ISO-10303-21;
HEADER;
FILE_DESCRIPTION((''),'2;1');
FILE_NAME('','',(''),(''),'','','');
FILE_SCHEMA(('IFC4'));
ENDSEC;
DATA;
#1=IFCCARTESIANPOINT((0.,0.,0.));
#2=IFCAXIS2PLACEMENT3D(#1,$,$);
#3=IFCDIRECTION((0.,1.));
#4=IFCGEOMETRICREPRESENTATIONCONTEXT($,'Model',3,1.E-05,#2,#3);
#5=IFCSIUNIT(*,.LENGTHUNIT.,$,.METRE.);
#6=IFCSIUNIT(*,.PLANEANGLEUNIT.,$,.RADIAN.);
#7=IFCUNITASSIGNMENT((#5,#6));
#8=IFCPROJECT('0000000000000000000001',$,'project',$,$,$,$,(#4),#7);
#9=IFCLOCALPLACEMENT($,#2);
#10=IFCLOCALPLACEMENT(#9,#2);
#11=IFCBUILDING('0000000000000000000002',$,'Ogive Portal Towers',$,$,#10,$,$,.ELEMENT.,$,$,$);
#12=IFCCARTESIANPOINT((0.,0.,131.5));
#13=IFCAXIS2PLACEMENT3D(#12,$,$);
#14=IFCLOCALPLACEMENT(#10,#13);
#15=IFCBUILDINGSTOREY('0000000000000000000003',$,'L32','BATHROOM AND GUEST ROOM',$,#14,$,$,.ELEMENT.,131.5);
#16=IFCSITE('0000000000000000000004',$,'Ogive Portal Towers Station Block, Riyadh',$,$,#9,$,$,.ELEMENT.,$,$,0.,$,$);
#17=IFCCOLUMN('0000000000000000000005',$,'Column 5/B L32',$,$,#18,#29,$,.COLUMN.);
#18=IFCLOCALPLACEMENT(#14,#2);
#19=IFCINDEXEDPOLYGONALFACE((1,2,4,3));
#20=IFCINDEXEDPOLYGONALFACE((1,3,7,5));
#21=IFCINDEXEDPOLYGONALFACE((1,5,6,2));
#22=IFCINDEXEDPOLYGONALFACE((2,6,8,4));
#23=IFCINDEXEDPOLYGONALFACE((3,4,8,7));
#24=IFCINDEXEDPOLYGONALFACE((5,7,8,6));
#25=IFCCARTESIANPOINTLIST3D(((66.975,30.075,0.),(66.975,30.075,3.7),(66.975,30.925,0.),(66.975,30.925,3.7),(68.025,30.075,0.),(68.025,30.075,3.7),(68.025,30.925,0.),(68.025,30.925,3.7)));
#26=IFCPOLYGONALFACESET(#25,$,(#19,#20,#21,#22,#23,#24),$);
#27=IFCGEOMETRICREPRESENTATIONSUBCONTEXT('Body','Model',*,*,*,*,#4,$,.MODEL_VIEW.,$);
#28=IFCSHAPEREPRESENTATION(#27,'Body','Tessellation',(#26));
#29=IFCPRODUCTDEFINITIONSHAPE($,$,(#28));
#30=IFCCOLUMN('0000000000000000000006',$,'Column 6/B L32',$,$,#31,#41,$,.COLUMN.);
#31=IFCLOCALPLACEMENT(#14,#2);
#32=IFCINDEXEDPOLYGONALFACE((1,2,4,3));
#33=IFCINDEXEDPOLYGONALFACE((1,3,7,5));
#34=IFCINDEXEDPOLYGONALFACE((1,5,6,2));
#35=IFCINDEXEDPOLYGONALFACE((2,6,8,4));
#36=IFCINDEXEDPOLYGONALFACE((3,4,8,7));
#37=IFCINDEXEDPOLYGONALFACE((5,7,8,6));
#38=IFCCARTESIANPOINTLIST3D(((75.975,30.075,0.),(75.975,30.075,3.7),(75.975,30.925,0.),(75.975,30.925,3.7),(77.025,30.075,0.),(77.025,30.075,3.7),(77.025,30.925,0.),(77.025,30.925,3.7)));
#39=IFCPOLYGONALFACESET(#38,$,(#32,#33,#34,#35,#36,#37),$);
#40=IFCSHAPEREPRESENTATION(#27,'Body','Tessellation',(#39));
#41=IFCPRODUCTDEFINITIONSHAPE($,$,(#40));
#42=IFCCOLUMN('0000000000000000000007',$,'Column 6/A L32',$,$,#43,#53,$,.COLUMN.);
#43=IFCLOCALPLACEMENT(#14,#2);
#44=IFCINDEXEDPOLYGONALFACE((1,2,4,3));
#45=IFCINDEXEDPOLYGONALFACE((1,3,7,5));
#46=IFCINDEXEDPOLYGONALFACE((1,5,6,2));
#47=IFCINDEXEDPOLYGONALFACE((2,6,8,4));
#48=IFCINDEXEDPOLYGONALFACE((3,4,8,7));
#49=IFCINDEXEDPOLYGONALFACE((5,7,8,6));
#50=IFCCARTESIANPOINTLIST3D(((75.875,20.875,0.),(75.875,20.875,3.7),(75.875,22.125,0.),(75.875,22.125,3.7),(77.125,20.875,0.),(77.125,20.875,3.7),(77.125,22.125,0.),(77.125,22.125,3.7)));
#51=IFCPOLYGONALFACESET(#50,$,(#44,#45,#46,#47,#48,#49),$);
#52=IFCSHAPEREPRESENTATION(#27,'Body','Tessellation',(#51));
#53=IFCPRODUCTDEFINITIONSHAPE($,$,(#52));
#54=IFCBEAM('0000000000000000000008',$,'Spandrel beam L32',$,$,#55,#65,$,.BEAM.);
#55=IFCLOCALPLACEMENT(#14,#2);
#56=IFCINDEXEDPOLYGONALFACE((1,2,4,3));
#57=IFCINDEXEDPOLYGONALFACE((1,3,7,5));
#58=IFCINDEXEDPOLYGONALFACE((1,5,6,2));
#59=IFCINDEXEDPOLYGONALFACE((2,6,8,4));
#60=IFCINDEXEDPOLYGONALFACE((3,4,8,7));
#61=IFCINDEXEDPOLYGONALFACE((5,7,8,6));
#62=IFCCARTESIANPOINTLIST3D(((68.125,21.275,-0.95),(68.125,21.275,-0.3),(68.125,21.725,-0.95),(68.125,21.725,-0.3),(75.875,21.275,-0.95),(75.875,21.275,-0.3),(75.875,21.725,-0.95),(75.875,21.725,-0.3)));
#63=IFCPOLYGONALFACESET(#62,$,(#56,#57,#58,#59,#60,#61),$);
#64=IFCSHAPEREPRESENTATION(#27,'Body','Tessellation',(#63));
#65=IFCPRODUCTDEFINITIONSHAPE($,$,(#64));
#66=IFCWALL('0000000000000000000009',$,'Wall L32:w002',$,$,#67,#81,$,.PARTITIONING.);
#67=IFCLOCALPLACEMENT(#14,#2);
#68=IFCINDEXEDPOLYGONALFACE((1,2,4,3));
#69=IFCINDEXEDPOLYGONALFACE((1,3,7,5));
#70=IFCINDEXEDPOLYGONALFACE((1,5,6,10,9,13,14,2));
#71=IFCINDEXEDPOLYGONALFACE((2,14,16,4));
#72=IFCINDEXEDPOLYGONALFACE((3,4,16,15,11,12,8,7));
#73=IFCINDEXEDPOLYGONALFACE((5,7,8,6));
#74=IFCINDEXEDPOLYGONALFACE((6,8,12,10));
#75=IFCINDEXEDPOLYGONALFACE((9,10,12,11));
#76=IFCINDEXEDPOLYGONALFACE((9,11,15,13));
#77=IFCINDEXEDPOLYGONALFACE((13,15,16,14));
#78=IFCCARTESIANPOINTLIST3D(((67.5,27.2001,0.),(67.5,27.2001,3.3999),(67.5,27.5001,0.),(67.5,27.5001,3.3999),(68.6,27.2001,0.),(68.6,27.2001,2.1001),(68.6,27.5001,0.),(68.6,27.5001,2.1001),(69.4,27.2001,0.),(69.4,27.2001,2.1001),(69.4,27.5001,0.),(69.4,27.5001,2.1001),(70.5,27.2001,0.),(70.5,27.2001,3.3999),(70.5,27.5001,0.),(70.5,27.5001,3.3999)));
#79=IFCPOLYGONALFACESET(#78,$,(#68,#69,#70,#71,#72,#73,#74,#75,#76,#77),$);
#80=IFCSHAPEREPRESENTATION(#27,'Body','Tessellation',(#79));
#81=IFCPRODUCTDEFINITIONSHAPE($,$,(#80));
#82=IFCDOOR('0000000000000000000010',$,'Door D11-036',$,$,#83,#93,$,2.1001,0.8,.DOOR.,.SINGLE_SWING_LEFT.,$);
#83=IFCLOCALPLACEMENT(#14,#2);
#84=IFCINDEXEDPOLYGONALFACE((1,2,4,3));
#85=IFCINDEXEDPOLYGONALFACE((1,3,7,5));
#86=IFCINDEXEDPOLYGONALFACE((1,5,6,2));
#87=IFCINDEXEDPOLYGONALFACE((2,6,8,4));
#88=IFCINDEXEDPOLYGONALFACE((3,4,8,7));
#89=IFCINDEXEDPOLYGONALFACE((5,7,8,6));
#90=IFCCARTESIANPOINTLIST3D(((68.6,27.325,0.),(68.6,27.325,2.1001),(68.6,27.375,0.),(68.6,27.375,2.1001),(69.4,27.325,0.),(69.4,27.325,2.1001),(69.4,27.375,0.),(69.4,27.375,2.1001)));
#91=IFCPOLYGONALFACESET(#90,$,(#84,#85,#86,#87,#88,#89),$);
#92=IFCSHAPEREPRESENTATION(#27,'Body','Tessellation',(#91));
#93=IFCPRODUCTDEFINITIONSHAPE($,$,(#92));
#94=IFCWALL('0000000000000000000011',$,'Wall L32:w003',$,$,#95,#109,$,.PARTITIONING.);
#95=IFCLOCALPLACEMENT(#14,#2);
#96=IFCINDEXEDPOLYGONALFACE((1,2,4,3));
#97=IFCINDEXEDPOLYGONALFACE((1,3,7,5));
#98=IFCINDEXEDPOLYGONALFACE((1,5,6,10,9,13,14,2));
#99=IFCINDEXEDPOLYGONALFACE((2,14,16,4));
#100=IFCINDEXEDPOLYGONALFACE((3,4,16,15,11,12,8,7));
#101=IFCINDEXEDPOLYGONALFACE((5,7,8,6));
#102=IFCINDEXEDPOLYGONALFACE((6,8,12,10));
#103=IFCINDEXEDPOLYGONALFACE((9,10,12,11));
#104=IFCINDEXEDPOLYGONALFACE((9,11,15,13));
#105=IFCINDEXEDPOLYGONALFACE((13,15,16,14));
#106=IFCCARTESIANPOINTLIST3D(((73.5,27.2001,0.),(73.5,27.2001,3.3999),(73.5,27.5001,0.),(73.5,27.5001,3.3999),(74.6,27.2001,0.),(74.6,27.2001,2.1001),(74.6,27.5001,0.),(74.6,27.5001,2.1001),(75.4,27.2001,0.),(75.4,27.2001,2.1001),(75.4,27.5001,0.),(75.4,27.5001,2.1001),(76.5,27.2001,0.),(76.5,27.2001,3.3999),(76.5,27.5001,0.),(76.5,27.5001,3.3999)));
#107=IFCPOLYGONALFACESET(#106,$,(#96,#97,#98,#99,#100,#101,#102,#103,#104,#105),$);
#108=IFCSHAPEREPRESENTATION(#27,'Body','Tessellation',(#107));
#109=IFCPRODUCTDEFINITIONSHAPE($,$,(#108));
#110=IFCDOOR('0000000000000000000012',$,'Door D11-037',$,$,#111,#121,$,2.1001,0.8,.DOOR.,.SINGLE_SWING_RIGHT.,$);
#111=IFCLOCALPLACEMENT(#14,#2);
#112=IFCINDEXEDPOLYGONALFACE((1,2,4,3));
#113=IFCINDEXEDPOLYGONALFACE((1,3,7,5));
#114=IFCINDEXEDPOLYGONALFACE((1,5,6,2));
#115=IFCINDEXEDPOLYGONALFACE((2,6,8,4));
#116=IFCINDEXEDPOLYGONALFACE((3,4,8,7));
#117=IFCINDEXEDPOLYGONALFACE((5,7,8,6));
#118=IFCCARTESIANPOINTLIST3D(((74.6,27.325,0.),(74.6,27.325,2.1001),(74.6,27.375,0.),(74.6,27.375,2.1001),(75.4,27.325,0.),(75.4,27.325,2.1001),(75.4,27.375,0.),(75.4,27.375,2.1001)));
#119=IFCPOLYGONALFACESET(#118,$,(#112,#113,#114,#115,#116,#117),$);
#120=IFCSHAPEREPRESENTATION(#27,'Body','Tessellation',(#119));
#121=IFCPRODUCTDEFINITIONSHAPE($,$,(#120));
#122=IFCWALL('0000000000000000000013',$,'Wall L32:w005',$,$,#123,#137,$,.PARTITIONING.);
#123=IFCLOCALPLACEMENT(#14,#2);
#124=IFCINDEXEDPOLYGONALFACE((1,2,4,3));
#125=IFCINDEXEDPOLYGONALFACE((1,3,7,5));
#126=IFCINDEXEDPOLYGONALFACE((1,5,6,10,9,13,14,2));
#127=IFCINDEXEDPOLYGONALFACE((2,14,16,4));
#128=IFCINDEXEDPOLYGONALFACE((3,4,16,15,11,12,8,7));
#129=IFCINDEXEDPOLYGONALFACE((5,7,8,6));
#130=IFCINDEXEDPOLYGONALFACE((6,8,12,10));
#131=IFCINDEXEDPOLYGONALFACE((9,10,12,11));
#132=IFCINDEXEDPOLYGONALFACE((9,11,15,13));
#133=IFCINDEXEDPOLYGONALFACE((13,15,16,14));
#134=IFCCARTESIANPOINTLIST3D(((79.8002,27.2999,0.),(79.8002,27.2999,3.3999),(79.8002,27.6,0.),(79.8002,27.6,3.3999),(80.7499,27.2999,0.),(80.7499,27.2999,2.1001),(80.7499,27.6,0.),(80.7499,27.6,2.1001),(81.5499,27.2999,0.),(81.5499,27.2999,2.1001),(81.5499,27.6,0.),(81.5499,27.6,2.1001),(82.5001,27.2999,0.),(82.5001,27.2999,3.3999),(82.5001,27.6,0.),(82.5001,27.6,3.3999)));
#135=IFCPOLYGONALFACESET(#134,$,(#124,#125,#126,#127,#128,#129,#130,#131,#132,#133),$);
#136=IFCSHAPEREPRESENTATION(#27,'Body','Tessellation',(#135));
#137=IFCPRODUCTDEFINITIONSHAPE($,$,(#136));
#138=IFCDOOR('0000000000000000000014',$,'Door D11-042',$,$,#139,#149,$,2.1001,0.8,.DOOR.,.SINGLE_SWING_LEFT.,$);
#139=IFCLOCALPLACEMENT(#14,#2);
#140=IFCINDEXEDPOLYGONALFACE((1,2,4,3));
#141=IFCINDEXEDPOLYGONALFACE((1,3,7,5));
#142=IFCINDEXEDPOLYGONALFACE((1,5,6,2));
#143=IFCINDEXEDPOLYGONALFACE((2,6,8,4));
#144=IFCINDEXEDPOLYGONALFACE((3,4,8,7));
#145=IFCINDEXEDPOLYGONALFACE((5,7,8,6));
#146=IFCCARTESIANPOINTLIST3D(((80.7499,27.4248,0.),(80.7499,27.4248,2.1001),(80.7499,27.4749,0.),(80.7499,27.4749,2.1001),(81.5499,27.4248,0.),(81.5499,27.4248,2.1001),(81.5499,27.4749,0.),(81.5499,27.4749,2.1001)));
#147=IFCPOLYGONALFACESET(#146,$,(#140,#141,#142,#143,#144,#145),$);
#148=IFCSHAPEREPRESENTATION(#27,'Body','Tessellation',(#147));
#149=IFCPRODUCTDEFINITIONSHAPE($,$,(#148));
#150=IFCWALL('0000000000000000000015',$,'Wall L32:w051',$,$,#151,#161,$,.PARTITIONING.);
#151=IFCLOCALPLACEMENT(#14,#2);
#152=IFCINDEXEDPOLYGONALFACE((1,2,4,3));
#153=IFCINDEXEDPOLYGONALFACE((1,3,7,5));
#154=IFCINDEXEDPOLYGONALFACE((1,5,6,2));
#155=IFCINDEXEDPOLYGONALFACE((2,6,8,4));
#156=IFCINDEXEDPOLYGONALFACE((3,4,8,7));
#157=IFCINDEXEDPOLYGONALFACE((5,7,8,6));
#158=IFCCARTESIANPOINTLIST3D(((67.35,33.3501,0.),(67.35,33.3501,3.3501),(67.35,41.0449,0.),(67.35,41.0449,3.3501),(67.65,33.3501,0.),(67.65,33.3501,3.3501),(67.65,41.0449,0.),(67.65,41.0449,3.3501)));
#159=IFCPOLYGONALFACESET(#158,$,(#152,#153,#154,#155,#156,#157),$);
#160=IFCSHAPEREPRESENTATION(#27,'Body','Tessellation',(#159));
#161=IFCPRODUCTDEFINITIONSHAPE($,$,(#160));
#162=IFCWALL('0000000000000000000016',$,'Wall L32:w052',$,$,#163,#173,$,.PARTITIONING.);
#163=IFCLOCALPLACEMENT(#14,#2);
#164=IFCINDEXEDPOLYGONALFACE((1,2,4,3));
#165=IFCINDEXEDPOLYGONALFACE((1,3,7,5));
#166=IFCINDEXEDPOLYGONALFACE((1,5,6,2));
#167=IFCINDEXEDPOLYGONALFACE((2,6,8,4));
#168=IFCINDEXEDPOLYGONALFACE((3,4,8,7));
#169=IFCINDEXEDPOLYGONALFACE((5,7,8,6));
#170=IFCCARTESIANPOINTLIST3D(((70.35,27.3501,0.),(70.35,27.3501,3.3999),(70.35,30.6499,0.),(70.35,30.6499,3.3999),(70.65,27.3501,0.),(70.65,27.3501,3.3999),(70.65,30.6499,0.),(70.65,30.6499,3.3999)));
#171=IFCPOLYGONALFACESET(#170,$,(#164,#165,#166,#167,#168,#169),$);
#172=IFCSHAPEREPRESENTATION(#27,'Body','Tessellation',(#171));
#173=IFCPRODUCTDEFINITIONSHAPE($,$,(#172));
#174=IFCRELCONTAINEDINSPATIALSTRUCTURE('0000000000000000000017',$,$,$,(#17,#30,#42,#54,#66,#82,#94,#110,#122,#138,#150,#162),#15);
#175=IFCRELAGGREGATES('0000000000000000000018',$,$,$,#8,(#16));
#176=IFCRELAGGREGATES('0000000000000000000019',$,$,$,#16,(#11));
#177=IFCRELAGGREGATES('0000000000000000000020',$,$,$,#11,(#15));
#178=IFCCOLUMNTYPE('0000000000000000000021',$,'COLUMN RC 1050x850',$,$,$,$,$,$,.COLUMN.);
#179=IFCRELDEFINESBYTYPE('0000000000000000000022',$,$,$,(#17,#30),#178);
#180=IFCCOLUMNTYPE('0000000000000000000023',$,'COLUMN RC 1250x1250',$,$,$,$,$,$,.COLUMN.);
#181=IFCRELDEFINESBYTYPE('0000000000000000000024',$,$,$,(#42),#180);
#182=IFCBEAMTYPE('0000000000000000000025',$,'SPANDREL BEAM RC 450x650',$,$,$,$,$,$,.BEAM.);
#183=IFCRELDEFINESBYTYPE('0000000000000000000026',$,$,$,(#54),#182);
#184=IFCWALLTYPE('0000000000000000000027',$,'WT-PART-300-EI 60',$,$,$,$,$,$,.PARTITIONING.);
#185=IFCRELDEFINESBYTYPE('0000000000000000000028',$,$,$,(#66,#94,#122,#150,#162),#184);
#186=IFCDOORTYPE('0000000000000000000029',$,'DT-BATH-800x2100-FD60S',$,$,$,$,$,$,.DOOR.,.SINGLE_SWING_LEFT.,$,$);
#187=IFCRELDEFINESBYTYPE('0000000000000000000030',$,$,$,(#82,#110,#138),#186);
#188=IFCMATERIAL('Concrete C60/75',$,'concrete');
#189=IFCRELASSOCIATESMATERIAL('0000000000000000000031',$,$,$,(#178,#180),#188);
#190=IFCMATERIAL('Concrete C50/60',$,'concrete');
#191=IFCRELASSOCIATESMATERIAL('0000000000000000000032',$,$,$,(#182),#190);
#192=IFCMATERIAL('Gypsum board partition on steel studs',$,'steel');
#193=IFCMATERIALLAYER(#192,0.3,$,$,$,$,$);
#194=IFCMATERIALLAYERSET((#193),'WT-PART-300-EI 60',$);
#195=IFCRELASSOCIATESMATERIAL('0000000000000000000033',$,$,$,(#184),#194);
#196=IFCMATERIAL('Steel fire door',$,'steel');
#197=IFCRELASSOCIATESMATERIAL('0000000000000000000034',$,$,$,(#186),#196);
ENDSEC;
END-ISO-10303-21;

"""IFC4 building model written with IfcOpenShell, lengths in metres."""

from ifc_helpers import new_model, si_unit, direction, frame, frame_2d, origin, origin_2d, place, context, subcontext, project, spatial, rectangle, extrude, material, layer, layer_set, material_profile, profile_set, type_object, element, fill, save


model = new_model("IFC4")

# Units and contexts
model_context = context("Model", 3, precision=1e-05, world=origin(), true_north=direction((0.0, 1.0)))
body_context = subcontext(model_context, "Body", "Model", "MODEL_VIEW")
ifc_project = project(units=[si_unit("LENGTHUNIT", "METRE"), si_unit("PLANEANGLEUNIT", "RADIAN")], contexts=[model_context])

# Site, building, storey
site_placement = place(None, origin())
site = spatial("IfcSite", under=ifc_project, at=site_placement, Name="Ogive Portal Towers Station Block, Riyadh", CompositionType="ELEMENT", RefElevation=0.0)
building_placement = place(site_placement, origin())
building = spatial("IfcBuilding", under=site, at=building_placement, Name="Ogive Portal Towers", CompositionType="ELEMENT")
storey_placement = place(building_placement, frame((0.0, 0.0, 131.5)))
storey = spatial("IfcBuildingStorey", under=building, at=storey_placement, Name="L32", Description="BATHROOM AND GUEST ROOM", CompositionType="ELEMENT", Elevation=131.5)

# Columns
ifc_material_1 = material(Name="Concrete C60/75", Category="concrete")
ifc_material_profile_1 = material_profile(ifc_material_1, rectangle(XDim=1.05, YDim=0.8501, at=origin_2d()), Name="RC 1050x850")
ifc_profile_set_1 = profile_set([ifc_material_profile_1], Name="Concrete C60/75")
column_type_1 = type_object("IfcColumnType", Name="COLUMN RC 1050x850", PredefinedType="COLUMN", material=ifc_profile_set_1)
for number, where, z_axis, x_axis, name in (
    (1, (67.5, 30.5, 0.0), (0.0, 0.0, 1.0), (1.0, 0.0, 0.0), "Column 5/B L32"),
    (2, (76.5, 30.5, 0.0), (0.0, 0.0, 1.0), (1.0, 0.0, 0.0), "Column 6/B L32"),
):
    element("IfcColumn", number, at=place(storey_placement, frame(where, z_axis=z_axis, x_axis=x_axis)), inside=storey, type_object=column_type_1, Name=name, PredefinedType="COLUMN", context=body_context, shape_type="SweptSolid", body=[
        extrude(rectangle(XDim=1.05, YDim=0.8501, at=origin_2d()), origin(), (0.0, 0.0, 1.0), 3.7),
    ])
ifc_material_profile_2 = material_profile(ifc_material_1, rectangle(XDim=1.25, YDim=1.25, at=origin_2d()), Name="RC 1250x1250")
ifc_profile_set_2 = profile_set([ifc_material_profile_2], Name="Concrete C60/75")
column_type_2 = type_object("IfcColumnType", Name="COLUMN RC 1250x1250", PredefinedType="COLUMN", material=ifc_profile_set_2)
column_placement = place(storey_placement, frame((76.5, 21.5, 0.0), z_axis=(0.0, 0.0, 1.0), x_axis=(1.0, 0.0, 0.0)))
element("IfcColumn", 3, at=column_placement, inside=storey, type_object=column_type_2, Name="Column 6/A L32", PredefinedType="COLUMN", context=body_context, shape_type="SweptSolid", body=[
    extrude(rectangle(XDim=1.25, YDim=1.25, at=origin_2d()), origin(), (0.0, 0.0, 1.0), 3.7),
])

# Beam
ifc_material_2 = material(Name="Concrete C50/60", Category="concrete")
ifc_material_profile_3 = material_profile(ifc_material_2, rectangle(XDim=0.45, YDim=0.6499, at=origin_2d()), Name="RC 450x650")
ifc_profile_set_3 = profile_set([ifc_material_profile_3], Name="Concrete C50/60")
beam_type = type_object("IfcBeamType", Name="SPANDREL BEAM RC 450x650", PredefinedType="BEAM", material=ifc_profile_set_3)
beam_placement = place(storey_placement, frame((75.875, 21.5, -0.625), z_axis=(-1.0, 0.0, 0.0), x_axis=(0.0, -1.0, 0.0)))
element("IfcBeam", 4, at=beam_placement, inside=storey, type_object=beam_type, Name="Spandrel beam L32", PredefinedType="BEAM", context=body_context, shape_type="SweptSolid", body=[
    extrude(rectangle(XDim=0.45, YDim=0.6499, at=origin_2d()), origin(), (0.0, 0.0, 1.0), 7.75),
])

# Walls, openings, doors
ifc_material_3 = material(Name="Gypsum board partition on steel studs", Category="steel")
ifc_layer = layer(ifc_material_3, 0.3)
ifc_layer_set = layer_set([ifc_layer], Name="WT-PART-300-EI 60")
wall_type = type_object("IfcWallType", Name="WT-PART-300-EI 60", PredefinedType="PARTITIONING", material=ifc_layer_set)
wall_1_placement = place(storey_placement, frame((67.5, 27.3501, 0.0), z_axis=(0.0, 0.0, 1.0), x_axis=(1.0, 0.0, 0.0)))
wall_1 = element("IfcWall", 5, at=wall_1_placement, inside=storey, type_object=wall_type, Name="Wall L32:w002", PredefinedType="PARTITIONING", context=body_context, shape_type="SweptSolid", body=[
    extrude(rectangle(XDim=3.0, YDim=0.3, at=frame_2d((1.5, 0.0))), origin(), (0.0, 0.0, 1.0), 3.3999),
])
opening_1_placement = place(wall_1_placement, frame((1.1001, 0.0, 0.0)))
opening_1 = element("IfcOpeningElement", 6, at=opening_1_placement, cuts=wall_1, PredefinedType="OPENING", context=body_context, shape_type="SweptSolid", body=[
    extrude(rectangle(XDim=0.8, YDim=2.1001, at=frame_2d((0.3999, 1.05))), frame((0.0, 0.1602, 0.0), z_axis=(0.0, -1.0, 0.0), x_axis=(1.0, 0.0, 0.0)), (0.0, 0.0, 1.0), 0.3201),
])
ifc_material_4 = material(Name="Steel fire door", Category="steel")
door_type = type_object("IfcDoorType", Name="DT-BATH-800x2100-FD60S", OperationType="SINGLE_SWING_LEFT", PredefinedType="DOOR", material=ifc_material_4)
door_1_placement = place(opening_1_placement, origin())
door_1 = element("IfcDoor", 7, at=door_1_placement, inside=storey, type_object=door_type, Name="Door D11-036", OperationType="SINGLE_SWING_LEFT", OverallHeight=2.1001, OverallWidth=0.8, PredefinedType="DOOR", context=body_context, shape_type="SweptSolid", body=[
    extrude(rectangle(XDim=0.8, YDim=2.1001, at=frame_2d((0.3999, 1.05))), frame((0.0, 0.0249, 0.0), z_axis=(0.0, -1.0, 0.0), x_axis=(1.0, 0.0, 0.0)), (0.0, 0.0, 1.0), 0.05),
])
fill(opening_1, door_1)
wall_2_placement = place(storey_placement, frame((73.5, 27.3501, 0.0), z_axis=(0.0, 0.0, 1.0), x_axis=(1.0, 0.0, 0.0)))
wall_2 = element("IfcWall", 8, at=wall_2_placement, inside=storey, type_object=wall_type, Name="Wall L32:w003", PredefinedType="PARTITIONING", context=body_context, shape_type="SweptSolid", body=[
    extrude(rectangle(XDim=3.0, YDim=0.3, at=frame_2d((1.5, 0.0))), origin(), (0.0, 0.0, 1.0), 3.3999),
])
opening_2_placement = place(wall_2_placement, frame((1.1001, 0.0, 0.0)))
opening_2 = element("IfcOpeningElement", 9, at=opening_2_placement, cuts=wall_2, PredefinedType="OPENING", context=body_context, shape_type="SweptSolid", body=[
    extrude(rectangle(XDim=0.8, YDim=2.1001, at=frame_2d((0.3999, 1.05))), frame((0.0, 0.1602, 0.0), z_axis=(0.0, -1.0, 0.0), x_axis=(1.0, 0.0, 0.0)), (0.0, 0.0, 1.0), 0.3201),
])
door_2_placement = place(opening_2_placement, origin())
door_2 = element("IfcDoor", 10, at=door_2_placement, inside=storey, type_object=door_type, Name="Door D11-037", OperationType="SINGLE_SWING_RIGHT", OverallHeight=2.1001, OverallWidth=0.8, PredefinedType="DOOR", context=body_context, shape_type="SweptSolid", body=[
    extrude(rectangle(XDim=0.8, YDim=2.1001, at=frame_2d((0.3999, 1.05))), frame((0.0, 0.0249, 0.0), z_axis=(0.0, -1.0, 0.0), x_axis=(1.0, 0.0, 0.0)), (0.0, 0.0, 1.0), 0.05),
])
fill(opening_2, door_2)
wall_3_placement = place(storey_placement, frame((79.8, 27.45, 0.0), z_axis=(0.0, 0.0, 1.0), x_axis=(1.0, 0.0, 0.0)))
wall_3 = element("IfcWall", 11, at=wall_3_placement, inside=storey, type_object=wall_type, Name="Wall L32:w005", PredefinedType="PARTITIONING", context=body_context, shape_type="SweptSolid", body=[
    extrude(rectangle(XDim=2.7, YDim=0.3, at=frame_2d((1.3501, 0.0))), origin(), (0.0, 0.0, 1.0), 3.3999),
])
opening_3_placement = place(wall_3_placement, frame((0.95, 0.0, 0.0)))
opening_3 = element("IfcOpeningElement", 12, at=opening_3_placement, cuts=wall_3, PredefinedType="OPENING", context=body_context, shape_type="SweptSolid", body=[
    extrude(rectangle(XDim=0.8, YDim=2.1001, at=frame_2d((0.3999, 1.05))), frame((0.0, 0.1602, 0.0), z_axis=(0.0, -1.0, 0.0), x_axis=(1.0, 0.0, 0.0)), (0.0, 0.0, 1.0), 0.3201),
])
door_3_placement = place(opening_3_placement, origin())
door_3 = element("IfcDoor", 13, at=door_3_placement, inside=storey, type_object=door_type, Name="Door D11-042", OperationType="SINGLE_SWING_LEFT", OverallHeight=2.1001, OverallWidth=0.8, PredefinedType="DOOR", context=body_context, shape_type="SweptSolid", body=[
    extrude(rectangle(XDim=0.8, YDim=2.1001, at=frame_2d((0.3999, 1.05))), frame((0.0, 0.0249, 0.0), z_axis=(0.0, -1.0, 0.0), x_axis=(1.0, 0.0, 0.0)), (0.0, 0.0, 1.0), 0.05),
])
fill(opening_3, door_3)

# Walls
wall_4_placement = place(storey_placement, frame((67.5, 33.3501, 0.0), z_axis=(0.0, 0.0, 1.0), x_axis=(0.0, 1.0, 0.0)))
element("IfcWall", 14, at=wall_4_placement, inside=storey, type_object=wall_type, Name="Wall L32:w051", PredefinedType="PARTITIONING", context=body_context, shape_type="SweptSolid", body=[
    extrude(rectangle(XDim=7.6948, YDim=0.3, at=frame_2d((3.8474, 0.0))), origin(), (0.0, 0.0, 1.0), 3.3501),
])
for number, where, z_axis, x_axis, name in (
    (15, (70.5, 27.3501, 0.0), (0.0, 0.0, 1.0), (0.0, 1.0, 0.0), "Wall L32:w052"),
):
    element("IfcWall", number, at=place(storey_placement, frame(where, z_axis=z_axis, x_axis=x_axis)), inside=storey, type_object=wall_type, Name=name, PredefinedType="PARTITIONING", context=body_context, shape_type="SweptSolid", body=[
        extrude(rectangle(XDim=3.2998, YDim=0.3, at=frame_2d((1.6499, 0.0))), origin(), (0.0, 0.0, 1.0), 3.3999),
    ])

save(model, "model.ifc")
